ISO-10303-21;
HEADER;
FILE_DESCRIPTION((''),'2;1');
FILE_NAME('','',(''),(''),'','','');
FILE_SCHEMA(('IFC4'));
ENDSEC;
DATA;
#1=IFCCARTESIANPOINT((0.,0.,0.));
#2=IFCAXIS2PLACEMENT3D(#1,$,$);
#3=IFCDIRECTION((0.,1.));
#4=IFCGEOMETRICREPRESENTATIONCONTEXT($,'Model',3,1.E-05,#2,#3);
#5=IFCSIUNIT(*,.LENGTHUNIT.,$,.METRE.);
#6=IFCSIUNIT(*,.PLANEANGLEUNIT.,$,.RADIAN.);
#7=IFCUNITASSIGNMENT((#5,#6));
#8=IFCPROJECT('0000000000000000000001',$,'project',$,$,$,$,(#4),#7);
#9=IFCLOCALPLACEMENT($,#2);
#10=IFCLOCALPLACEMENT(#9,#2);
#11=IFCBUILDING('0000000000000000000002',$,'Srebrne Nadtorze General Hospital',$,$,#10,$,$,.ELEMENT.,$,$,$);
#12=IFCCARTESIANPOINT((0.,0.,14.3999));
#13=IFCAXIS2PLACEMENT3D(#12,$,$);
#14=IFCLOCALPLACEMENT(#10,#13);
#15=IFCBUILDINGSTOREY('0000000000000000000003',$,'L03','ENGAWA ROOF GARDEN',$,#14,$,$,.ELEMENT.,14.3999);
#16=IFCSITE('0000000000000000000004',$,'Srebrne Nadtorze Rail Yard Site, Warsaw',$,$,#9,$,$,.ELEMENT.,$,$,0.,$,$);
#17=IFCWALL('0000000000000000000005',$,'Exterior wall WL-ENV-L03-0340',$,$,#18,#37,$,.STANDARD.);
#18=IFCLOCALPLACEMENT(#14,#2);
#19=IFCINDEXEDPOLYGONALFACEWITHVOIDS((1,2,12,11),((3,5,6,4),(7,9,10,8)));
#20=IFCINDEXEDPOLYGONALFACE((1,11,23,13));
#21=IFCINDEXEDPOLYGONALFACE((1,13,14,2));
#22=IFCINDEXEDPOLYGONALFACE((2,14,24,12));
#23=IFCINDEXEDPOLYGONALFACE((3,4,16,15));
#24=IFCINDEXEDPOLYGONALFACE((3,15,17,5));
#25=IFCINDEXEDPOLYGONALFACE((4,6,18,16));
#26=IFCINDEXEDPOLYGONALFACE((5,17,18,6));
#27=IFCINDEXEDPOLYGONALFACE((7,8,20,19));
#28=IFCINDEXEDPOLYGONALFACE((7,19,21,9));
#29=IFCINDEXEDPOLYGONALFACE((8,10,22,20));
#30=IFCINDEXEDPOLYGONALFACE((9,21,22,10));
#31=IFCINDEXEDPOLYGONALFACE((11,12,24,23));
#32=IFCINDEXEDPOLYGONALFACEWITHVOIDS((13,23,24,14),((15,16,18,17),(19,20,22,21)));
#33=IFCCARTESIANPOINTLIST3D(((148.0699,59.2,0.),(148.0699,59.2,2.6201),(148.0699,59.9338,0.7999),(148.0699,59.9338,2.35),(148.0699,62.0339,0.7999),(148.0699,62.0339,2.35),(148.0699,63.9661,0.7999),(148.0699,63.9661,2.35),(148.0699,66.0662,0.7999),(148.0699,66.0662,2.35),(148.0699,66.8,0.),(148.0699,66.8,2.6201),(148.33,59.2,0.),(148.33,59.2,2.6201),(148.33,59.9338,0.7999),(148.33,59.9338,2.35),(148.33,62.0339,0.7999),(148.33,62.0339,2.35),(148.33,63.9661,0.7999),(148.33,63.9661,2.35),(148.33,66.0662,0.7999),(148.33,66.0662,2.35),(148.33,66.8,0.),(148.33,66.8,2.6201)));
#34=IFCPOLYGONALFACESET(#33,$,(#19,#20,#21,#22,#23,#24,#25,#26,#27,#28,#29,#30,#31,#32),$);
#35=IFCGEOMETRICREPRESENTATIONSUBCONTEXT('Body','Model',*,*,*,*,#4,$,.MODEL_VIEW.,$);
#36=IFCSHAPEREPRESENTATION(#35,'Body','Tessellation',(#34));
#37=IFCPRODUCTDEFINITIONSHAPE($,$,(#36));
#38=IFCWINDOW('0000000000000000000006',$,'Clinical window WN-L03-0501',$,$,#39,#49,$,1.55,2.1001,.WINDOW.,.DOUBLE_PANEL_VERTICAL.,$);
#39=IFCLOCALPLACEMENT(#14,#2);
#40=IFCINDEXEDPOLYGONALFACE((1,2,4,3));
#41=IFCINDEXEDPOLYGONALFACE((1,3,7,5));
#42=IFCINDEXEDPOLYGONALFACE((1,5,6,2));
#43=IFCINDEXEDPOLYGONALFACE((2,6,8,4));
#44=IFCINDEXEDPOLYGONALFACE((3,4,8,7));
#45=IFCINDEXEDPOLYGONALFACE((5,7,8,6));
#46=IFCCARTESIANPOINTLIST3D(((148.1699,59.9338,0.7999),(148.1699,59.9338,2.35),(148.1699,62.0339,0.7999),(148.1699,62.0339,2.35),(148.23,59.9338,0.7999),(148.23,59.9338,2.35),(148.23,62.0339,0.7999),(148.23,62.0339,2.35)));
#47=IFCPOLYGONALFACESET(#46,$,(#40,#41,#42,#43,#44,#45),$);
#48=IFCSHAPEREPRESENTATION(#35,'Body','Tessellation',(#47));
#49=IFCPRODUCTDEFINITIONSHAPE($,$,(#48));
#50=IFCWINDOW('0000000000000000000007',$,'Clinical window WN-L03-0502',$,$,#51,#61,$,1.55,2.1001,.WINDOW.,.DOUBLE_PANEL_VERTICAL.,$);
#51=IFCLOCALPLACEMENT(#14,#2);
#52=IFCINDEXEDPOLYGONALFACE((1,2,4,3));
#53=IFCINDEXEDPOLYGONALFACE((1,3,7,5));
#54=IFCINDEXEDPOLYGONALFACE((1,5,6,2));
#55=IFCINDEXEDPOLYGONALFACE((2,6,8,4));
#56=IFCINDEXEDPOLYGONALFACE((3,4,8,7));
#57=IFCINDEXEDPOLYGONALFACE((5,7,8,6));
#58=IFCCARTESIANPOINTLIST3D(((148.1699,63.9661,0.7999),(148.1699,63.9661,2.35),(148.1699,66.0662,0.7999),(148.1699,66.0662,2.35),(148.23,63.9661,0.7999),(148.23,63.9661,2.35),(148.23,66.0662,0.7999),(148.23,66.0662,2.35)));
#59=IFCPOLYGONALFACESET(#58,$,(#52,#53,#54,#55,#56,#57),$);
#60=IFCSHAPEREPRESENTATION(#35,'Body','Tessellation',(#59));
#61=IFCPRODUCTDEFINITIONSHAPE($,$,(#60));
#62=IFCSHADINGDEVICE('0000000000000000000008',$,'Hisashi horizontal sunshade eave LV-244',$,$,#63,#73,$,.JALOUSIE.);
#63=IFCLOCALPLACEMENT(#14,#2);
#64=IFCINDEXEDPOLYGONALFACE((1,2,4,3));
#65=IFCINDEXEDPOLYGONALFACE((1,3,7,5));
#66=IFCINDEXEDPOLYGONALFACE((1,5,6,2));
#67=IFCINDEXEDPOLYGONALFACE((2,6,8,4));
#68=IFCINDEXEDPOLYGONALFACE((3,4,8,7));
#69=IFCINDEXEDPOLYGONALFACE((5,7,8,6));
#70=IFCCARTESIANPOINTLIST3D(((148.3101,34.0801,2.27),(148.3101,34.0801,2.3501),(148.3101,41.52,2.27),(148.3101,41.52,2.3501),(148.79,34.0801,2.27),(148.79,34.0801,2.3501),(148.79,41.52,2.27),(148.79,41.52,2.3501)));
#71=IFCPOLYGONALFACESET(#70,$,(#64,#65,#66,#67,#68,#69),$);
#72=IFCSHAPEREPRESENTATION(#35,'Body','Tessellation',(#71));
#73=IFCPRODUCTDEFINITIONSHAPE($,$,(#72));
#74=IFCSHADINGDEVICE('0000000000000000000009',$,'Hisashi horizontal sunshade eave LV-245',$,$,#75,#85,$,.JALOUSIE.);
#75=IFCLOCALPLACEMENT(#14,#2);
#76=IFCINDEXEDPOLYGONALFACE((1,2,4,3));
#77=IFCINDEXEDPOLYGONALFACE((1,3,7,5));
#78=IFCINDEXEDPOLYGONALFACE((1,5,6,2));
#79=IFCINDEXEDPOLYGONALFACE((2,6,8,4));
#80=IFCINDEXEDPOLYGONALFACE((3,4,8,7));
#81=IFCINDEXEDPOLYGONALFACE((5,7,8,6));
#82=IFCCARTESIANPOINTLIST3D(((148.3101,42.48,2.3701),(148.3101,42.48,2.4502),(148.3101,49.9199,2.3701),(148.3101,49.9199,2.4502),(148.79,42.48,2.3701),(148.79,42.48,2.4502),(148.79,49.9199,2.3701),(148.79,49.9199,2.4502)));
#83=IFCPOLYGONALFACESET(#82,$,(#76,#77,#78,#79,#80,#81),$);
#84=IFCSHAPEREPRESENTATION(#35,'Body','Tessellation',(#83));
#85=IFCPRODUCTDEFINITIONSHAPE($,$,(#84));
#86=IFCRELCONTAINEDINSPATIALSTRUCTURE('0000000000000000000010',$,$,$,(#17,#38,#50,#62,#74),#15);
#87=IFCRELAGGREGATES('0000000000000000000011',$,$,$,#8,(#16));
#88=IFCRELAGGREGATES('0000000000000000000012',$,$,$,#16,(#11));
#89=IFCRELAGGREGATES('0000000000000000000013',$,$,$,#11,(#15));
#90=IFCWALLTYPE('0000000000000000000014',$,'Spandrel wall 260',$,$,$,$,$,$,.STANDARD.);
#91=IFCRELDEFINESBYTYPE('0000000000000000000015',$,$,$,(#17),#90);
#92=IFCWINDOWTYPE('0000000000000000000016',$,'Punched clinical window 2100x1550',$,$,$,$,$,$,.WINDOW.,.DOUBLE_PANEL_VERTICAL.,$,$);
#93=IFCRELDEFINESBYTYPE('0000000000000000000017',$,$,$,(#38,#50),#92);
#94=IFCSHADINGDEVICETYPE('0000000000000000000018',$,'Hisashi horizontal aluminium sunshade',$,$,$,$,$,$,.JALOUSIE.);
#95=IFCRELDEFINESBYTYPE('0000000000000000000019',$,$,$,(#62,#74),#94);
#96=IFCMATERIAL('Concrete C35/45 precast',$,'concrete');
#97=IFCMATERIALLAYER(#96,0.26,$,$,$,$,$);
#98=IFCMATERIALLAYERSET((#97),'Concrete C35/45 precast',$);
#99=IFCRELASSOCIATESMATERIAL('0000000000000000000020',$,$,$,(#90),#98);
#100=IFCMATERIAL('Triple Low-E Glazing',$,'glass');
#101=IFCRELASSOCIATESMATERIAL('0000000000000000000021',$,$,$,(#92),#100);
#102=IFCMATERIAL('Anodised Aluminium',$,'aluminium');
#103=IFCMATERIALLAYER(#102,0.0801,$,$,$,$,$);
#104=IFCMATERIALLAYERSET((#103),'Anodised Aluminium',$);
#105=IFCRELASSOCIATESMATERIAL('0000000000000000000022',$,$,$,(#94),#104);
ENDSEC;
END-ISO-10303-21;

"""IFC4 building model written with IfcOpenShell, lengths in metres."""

from ifc_helpers import new_model, si_unit, direction, frame, frame_2d, origin, origin_2d, place, context, subcontext, project, spatial, rectangle, extrude, material, layer, layer_set, type_object, element, fill, save


model = new_model("IFC4")

# Units and contexts
model_context = context("Model", 3, precision=1e-05, world=origin(), true_north=direction((0.0, 1.0)))
body_context = subcontext(model_context, "Body", "Model", "MODEL_VIEW")
ifc_project = project(units=[si_unit("LENGTHUNIT", "METRE"), si_unit("PLANEANGLEUNIT", "RADIAN")], contexts=[model_context])

# Site, building, storey
site_placement = place(None, origin())
site = spatial("IfcSite", under=ifc_project, at=site_placement, Name="Srebrne Nadtorze Rail Yard Site, Warsaw", CompositionType="ELEMENT", RefElevation=0.0)
building_placement = place(site_placement, origin())
building = spatial("IfcBuilding", under=site, at=building_placement, Name="Srebrne Nadtorze General Hospital", CompositionType="ELEMENT")
storey_placement = place(building_placement, frame((0.0, 0.0, 14.3999)))
storey = spatial("IfcBuildingStorey", under=building, at=storey_placement, Name="L03", Description="ENGAWA ROOF GARDEN", CompositionType="ELEMENT", Elevation=14.3999)

# Shared definitions
ifc_material_1 = material(Name="Concrete C35/45 precast", Category="concrete")
ifc_layer_1 = layer(ifc_material_1, 0.26)
ifc_layer_set_1 = layer_set([ifc_layer_1], Name="Concrete C35/45 precast")
wall_type_1 = type_object("IfcWallType", Name="Spandrel wall 260", PredefinedType="STANDARD", material=ifc_layer_set_1)

# Wall, openings, windows
wall_1_placement = place(storey_placement, frame((148.2, 59.2, 0.0), z_axis=(0.0, 0.0, 1.0), x_axis=(0.0, 1.0, 0.0)))
wall_1 = element("IfcWall", 1, at=wall_1_placement, inside=storey, type_object=wall_type_1, Name="Exterior wall WL-ENV-L03-0340", PredefinedType="STANDARD", context=body_context, shape_type="SweptSolid", body=[
    extrude(rectangle(XDim=7.6001, YDim=0.26, at=frame_2d((3.8, 0.0))), origin(), (0.0, 0.0, 1.0), 2.6201),
])
opening_1_placement = place(wall_1_placement, frame((0.7339, 0.0, 0.8)))
opening_1 = element("IfcOpeningElement", 2, at=opening_1_placement, cuts=wall_1, PredefinedType="OPENING", context=body_context, shape_type="SweptSolid", body=[
    extrude(rectangle(XDim=2.1001, YDim=1.55, at=frame_2d((1.05, 0.7749))), frame((0.0, 0.1421, 0.0), z_axis=(0.0, -1.0, 0.0), x_axis=(1.0, 0.0, 0.0)), (0.0, 0.0, 1.0), 0.2839),
])
opening_2_placement = place(wall_1_placement, frame((4.7661, 0.0, 0.8)))
opening_2 = element("IfcOpeningElement", 3, at=opening_2_placement, cuts=wall_1, PredefinedType="OPENING", context=body_context, shape_type="SweptSolid", body=[
    extrude(rectangle(XDim=2.1001, YDim=1.55, at=frame_2d((1.05, 0.7749))), frame((0.0, 0.1421, 0.0), z_axis=(0.0, -1.0, 0.0), x_axis=(1.0, 0.0, 0.0)), (0.0, 0.0, 1.0), 0.2839),
])
ifc_material_2 = material(Name="Triple Low-E Glazing", Category="glass")
window_type_1 = type_object("IfcWindowType", Name="Punched clinical window 2100x1550", PartitioningType="DOUBLE_PANEL_VERTICAL", PredefinedType="WINDOW", material=ifc_material_2)
window_1_placement = place(opening_1_placement, origin())
window_1 = element("IfcWindow", 4, at=window_1_placement, inside=storey, type_object=window_type_1, Name="Clinical window WN-L03-0501", OverallHeight=1.55, OverallWidth=2.1001, PartitioningType="DOUBLE_PANEL_VERTICAL", PredefinedType="WINDOW", context=body_context, shape_type="SweptSolid", body=[
    extrude(rectangle(XDim=2.1001, YDim=1.55, at=frame_2d((1.05, 0.7749))), frame((0.0, 0.03, 0.0), z_axis=(0.0, -1.0, 0.0), x_axis=(1.0, 0.0, 0.0)), (0.0, 0.0, 1.0), 0.0601),
])
fill(opening_1, window_1)
window_2_placement = place(opening_2_placement, origin())
window_2 = element("IfcWindow", 5, at=window_2_placement, inside=storey, type_object=window_type_1, Name="Clinical window WN-L03-0502", OverallHeight=1.55, OverallWidth=2.1001, PartitioningType="DOUBLE_PANEL_VERTICAL", PredefinedType="WINDOW", context=body_context, shape_type="SweptSolid", body=[
    extrude(rectangle(XDim=2.1001, YDim=1.55, at=frame_2d((1.05, 0.7749))), frame((0.0, 0.03, 0.0), z_axis=(0.0, -1.0, 0.0), x_axis=(1.0, 0.0, 0.0)), (0.0, 0.0, 1.0), 0.0601),
])
fill(opening_2, window_2)

# Shading devices
ifc_material_3 = material(Name="Anodised Aluminium", Category="aluminium")
ifc_layer_2 = layer(ifc_material_3, 0.0801)
ifc_layer_set_2 = layer_set([ifc_layer_2], Name="Anodised Aluminium")
shading_device_type = type_object("IfcShadingDeviceType", Name="Hisashi horizontal aluminium sunshade", PredefinedType="JALOUSIE", material=ifc_layer_set_2)
for number, where, z_axis, x_axis, name in (
    (6, (148.55, 37.8, 2.27), (0.0, 0.0, 1.0), (1.0, 0.0, 0.0), "Hisashi horizontal sunshade eave LV-244"),
    (7, (148.55, 46.2, 2.3701), (0.0, 0.0, 1.0), (1.0, 0.0, 0.0), "Hisashi horizontal sunshade eave LV-245"),
):
    element("IfcShadingDevice", number, at=place(storey_placement, frame(where, z_axis=z_axis, x_axis=x_axis)), inside=storey, type_object=shading_device_type, Name=name, PredefinedType="JALOUSIE", context=body_context, shape_type="SweptSolid", body=[
        extrude(rectangle(XDim=0.48, YDim=7.4399, at=origin_2d()), origin(), (0.0, 0.0, 1.0), 0.0801),
    ])

save(model, "model.ifc")
